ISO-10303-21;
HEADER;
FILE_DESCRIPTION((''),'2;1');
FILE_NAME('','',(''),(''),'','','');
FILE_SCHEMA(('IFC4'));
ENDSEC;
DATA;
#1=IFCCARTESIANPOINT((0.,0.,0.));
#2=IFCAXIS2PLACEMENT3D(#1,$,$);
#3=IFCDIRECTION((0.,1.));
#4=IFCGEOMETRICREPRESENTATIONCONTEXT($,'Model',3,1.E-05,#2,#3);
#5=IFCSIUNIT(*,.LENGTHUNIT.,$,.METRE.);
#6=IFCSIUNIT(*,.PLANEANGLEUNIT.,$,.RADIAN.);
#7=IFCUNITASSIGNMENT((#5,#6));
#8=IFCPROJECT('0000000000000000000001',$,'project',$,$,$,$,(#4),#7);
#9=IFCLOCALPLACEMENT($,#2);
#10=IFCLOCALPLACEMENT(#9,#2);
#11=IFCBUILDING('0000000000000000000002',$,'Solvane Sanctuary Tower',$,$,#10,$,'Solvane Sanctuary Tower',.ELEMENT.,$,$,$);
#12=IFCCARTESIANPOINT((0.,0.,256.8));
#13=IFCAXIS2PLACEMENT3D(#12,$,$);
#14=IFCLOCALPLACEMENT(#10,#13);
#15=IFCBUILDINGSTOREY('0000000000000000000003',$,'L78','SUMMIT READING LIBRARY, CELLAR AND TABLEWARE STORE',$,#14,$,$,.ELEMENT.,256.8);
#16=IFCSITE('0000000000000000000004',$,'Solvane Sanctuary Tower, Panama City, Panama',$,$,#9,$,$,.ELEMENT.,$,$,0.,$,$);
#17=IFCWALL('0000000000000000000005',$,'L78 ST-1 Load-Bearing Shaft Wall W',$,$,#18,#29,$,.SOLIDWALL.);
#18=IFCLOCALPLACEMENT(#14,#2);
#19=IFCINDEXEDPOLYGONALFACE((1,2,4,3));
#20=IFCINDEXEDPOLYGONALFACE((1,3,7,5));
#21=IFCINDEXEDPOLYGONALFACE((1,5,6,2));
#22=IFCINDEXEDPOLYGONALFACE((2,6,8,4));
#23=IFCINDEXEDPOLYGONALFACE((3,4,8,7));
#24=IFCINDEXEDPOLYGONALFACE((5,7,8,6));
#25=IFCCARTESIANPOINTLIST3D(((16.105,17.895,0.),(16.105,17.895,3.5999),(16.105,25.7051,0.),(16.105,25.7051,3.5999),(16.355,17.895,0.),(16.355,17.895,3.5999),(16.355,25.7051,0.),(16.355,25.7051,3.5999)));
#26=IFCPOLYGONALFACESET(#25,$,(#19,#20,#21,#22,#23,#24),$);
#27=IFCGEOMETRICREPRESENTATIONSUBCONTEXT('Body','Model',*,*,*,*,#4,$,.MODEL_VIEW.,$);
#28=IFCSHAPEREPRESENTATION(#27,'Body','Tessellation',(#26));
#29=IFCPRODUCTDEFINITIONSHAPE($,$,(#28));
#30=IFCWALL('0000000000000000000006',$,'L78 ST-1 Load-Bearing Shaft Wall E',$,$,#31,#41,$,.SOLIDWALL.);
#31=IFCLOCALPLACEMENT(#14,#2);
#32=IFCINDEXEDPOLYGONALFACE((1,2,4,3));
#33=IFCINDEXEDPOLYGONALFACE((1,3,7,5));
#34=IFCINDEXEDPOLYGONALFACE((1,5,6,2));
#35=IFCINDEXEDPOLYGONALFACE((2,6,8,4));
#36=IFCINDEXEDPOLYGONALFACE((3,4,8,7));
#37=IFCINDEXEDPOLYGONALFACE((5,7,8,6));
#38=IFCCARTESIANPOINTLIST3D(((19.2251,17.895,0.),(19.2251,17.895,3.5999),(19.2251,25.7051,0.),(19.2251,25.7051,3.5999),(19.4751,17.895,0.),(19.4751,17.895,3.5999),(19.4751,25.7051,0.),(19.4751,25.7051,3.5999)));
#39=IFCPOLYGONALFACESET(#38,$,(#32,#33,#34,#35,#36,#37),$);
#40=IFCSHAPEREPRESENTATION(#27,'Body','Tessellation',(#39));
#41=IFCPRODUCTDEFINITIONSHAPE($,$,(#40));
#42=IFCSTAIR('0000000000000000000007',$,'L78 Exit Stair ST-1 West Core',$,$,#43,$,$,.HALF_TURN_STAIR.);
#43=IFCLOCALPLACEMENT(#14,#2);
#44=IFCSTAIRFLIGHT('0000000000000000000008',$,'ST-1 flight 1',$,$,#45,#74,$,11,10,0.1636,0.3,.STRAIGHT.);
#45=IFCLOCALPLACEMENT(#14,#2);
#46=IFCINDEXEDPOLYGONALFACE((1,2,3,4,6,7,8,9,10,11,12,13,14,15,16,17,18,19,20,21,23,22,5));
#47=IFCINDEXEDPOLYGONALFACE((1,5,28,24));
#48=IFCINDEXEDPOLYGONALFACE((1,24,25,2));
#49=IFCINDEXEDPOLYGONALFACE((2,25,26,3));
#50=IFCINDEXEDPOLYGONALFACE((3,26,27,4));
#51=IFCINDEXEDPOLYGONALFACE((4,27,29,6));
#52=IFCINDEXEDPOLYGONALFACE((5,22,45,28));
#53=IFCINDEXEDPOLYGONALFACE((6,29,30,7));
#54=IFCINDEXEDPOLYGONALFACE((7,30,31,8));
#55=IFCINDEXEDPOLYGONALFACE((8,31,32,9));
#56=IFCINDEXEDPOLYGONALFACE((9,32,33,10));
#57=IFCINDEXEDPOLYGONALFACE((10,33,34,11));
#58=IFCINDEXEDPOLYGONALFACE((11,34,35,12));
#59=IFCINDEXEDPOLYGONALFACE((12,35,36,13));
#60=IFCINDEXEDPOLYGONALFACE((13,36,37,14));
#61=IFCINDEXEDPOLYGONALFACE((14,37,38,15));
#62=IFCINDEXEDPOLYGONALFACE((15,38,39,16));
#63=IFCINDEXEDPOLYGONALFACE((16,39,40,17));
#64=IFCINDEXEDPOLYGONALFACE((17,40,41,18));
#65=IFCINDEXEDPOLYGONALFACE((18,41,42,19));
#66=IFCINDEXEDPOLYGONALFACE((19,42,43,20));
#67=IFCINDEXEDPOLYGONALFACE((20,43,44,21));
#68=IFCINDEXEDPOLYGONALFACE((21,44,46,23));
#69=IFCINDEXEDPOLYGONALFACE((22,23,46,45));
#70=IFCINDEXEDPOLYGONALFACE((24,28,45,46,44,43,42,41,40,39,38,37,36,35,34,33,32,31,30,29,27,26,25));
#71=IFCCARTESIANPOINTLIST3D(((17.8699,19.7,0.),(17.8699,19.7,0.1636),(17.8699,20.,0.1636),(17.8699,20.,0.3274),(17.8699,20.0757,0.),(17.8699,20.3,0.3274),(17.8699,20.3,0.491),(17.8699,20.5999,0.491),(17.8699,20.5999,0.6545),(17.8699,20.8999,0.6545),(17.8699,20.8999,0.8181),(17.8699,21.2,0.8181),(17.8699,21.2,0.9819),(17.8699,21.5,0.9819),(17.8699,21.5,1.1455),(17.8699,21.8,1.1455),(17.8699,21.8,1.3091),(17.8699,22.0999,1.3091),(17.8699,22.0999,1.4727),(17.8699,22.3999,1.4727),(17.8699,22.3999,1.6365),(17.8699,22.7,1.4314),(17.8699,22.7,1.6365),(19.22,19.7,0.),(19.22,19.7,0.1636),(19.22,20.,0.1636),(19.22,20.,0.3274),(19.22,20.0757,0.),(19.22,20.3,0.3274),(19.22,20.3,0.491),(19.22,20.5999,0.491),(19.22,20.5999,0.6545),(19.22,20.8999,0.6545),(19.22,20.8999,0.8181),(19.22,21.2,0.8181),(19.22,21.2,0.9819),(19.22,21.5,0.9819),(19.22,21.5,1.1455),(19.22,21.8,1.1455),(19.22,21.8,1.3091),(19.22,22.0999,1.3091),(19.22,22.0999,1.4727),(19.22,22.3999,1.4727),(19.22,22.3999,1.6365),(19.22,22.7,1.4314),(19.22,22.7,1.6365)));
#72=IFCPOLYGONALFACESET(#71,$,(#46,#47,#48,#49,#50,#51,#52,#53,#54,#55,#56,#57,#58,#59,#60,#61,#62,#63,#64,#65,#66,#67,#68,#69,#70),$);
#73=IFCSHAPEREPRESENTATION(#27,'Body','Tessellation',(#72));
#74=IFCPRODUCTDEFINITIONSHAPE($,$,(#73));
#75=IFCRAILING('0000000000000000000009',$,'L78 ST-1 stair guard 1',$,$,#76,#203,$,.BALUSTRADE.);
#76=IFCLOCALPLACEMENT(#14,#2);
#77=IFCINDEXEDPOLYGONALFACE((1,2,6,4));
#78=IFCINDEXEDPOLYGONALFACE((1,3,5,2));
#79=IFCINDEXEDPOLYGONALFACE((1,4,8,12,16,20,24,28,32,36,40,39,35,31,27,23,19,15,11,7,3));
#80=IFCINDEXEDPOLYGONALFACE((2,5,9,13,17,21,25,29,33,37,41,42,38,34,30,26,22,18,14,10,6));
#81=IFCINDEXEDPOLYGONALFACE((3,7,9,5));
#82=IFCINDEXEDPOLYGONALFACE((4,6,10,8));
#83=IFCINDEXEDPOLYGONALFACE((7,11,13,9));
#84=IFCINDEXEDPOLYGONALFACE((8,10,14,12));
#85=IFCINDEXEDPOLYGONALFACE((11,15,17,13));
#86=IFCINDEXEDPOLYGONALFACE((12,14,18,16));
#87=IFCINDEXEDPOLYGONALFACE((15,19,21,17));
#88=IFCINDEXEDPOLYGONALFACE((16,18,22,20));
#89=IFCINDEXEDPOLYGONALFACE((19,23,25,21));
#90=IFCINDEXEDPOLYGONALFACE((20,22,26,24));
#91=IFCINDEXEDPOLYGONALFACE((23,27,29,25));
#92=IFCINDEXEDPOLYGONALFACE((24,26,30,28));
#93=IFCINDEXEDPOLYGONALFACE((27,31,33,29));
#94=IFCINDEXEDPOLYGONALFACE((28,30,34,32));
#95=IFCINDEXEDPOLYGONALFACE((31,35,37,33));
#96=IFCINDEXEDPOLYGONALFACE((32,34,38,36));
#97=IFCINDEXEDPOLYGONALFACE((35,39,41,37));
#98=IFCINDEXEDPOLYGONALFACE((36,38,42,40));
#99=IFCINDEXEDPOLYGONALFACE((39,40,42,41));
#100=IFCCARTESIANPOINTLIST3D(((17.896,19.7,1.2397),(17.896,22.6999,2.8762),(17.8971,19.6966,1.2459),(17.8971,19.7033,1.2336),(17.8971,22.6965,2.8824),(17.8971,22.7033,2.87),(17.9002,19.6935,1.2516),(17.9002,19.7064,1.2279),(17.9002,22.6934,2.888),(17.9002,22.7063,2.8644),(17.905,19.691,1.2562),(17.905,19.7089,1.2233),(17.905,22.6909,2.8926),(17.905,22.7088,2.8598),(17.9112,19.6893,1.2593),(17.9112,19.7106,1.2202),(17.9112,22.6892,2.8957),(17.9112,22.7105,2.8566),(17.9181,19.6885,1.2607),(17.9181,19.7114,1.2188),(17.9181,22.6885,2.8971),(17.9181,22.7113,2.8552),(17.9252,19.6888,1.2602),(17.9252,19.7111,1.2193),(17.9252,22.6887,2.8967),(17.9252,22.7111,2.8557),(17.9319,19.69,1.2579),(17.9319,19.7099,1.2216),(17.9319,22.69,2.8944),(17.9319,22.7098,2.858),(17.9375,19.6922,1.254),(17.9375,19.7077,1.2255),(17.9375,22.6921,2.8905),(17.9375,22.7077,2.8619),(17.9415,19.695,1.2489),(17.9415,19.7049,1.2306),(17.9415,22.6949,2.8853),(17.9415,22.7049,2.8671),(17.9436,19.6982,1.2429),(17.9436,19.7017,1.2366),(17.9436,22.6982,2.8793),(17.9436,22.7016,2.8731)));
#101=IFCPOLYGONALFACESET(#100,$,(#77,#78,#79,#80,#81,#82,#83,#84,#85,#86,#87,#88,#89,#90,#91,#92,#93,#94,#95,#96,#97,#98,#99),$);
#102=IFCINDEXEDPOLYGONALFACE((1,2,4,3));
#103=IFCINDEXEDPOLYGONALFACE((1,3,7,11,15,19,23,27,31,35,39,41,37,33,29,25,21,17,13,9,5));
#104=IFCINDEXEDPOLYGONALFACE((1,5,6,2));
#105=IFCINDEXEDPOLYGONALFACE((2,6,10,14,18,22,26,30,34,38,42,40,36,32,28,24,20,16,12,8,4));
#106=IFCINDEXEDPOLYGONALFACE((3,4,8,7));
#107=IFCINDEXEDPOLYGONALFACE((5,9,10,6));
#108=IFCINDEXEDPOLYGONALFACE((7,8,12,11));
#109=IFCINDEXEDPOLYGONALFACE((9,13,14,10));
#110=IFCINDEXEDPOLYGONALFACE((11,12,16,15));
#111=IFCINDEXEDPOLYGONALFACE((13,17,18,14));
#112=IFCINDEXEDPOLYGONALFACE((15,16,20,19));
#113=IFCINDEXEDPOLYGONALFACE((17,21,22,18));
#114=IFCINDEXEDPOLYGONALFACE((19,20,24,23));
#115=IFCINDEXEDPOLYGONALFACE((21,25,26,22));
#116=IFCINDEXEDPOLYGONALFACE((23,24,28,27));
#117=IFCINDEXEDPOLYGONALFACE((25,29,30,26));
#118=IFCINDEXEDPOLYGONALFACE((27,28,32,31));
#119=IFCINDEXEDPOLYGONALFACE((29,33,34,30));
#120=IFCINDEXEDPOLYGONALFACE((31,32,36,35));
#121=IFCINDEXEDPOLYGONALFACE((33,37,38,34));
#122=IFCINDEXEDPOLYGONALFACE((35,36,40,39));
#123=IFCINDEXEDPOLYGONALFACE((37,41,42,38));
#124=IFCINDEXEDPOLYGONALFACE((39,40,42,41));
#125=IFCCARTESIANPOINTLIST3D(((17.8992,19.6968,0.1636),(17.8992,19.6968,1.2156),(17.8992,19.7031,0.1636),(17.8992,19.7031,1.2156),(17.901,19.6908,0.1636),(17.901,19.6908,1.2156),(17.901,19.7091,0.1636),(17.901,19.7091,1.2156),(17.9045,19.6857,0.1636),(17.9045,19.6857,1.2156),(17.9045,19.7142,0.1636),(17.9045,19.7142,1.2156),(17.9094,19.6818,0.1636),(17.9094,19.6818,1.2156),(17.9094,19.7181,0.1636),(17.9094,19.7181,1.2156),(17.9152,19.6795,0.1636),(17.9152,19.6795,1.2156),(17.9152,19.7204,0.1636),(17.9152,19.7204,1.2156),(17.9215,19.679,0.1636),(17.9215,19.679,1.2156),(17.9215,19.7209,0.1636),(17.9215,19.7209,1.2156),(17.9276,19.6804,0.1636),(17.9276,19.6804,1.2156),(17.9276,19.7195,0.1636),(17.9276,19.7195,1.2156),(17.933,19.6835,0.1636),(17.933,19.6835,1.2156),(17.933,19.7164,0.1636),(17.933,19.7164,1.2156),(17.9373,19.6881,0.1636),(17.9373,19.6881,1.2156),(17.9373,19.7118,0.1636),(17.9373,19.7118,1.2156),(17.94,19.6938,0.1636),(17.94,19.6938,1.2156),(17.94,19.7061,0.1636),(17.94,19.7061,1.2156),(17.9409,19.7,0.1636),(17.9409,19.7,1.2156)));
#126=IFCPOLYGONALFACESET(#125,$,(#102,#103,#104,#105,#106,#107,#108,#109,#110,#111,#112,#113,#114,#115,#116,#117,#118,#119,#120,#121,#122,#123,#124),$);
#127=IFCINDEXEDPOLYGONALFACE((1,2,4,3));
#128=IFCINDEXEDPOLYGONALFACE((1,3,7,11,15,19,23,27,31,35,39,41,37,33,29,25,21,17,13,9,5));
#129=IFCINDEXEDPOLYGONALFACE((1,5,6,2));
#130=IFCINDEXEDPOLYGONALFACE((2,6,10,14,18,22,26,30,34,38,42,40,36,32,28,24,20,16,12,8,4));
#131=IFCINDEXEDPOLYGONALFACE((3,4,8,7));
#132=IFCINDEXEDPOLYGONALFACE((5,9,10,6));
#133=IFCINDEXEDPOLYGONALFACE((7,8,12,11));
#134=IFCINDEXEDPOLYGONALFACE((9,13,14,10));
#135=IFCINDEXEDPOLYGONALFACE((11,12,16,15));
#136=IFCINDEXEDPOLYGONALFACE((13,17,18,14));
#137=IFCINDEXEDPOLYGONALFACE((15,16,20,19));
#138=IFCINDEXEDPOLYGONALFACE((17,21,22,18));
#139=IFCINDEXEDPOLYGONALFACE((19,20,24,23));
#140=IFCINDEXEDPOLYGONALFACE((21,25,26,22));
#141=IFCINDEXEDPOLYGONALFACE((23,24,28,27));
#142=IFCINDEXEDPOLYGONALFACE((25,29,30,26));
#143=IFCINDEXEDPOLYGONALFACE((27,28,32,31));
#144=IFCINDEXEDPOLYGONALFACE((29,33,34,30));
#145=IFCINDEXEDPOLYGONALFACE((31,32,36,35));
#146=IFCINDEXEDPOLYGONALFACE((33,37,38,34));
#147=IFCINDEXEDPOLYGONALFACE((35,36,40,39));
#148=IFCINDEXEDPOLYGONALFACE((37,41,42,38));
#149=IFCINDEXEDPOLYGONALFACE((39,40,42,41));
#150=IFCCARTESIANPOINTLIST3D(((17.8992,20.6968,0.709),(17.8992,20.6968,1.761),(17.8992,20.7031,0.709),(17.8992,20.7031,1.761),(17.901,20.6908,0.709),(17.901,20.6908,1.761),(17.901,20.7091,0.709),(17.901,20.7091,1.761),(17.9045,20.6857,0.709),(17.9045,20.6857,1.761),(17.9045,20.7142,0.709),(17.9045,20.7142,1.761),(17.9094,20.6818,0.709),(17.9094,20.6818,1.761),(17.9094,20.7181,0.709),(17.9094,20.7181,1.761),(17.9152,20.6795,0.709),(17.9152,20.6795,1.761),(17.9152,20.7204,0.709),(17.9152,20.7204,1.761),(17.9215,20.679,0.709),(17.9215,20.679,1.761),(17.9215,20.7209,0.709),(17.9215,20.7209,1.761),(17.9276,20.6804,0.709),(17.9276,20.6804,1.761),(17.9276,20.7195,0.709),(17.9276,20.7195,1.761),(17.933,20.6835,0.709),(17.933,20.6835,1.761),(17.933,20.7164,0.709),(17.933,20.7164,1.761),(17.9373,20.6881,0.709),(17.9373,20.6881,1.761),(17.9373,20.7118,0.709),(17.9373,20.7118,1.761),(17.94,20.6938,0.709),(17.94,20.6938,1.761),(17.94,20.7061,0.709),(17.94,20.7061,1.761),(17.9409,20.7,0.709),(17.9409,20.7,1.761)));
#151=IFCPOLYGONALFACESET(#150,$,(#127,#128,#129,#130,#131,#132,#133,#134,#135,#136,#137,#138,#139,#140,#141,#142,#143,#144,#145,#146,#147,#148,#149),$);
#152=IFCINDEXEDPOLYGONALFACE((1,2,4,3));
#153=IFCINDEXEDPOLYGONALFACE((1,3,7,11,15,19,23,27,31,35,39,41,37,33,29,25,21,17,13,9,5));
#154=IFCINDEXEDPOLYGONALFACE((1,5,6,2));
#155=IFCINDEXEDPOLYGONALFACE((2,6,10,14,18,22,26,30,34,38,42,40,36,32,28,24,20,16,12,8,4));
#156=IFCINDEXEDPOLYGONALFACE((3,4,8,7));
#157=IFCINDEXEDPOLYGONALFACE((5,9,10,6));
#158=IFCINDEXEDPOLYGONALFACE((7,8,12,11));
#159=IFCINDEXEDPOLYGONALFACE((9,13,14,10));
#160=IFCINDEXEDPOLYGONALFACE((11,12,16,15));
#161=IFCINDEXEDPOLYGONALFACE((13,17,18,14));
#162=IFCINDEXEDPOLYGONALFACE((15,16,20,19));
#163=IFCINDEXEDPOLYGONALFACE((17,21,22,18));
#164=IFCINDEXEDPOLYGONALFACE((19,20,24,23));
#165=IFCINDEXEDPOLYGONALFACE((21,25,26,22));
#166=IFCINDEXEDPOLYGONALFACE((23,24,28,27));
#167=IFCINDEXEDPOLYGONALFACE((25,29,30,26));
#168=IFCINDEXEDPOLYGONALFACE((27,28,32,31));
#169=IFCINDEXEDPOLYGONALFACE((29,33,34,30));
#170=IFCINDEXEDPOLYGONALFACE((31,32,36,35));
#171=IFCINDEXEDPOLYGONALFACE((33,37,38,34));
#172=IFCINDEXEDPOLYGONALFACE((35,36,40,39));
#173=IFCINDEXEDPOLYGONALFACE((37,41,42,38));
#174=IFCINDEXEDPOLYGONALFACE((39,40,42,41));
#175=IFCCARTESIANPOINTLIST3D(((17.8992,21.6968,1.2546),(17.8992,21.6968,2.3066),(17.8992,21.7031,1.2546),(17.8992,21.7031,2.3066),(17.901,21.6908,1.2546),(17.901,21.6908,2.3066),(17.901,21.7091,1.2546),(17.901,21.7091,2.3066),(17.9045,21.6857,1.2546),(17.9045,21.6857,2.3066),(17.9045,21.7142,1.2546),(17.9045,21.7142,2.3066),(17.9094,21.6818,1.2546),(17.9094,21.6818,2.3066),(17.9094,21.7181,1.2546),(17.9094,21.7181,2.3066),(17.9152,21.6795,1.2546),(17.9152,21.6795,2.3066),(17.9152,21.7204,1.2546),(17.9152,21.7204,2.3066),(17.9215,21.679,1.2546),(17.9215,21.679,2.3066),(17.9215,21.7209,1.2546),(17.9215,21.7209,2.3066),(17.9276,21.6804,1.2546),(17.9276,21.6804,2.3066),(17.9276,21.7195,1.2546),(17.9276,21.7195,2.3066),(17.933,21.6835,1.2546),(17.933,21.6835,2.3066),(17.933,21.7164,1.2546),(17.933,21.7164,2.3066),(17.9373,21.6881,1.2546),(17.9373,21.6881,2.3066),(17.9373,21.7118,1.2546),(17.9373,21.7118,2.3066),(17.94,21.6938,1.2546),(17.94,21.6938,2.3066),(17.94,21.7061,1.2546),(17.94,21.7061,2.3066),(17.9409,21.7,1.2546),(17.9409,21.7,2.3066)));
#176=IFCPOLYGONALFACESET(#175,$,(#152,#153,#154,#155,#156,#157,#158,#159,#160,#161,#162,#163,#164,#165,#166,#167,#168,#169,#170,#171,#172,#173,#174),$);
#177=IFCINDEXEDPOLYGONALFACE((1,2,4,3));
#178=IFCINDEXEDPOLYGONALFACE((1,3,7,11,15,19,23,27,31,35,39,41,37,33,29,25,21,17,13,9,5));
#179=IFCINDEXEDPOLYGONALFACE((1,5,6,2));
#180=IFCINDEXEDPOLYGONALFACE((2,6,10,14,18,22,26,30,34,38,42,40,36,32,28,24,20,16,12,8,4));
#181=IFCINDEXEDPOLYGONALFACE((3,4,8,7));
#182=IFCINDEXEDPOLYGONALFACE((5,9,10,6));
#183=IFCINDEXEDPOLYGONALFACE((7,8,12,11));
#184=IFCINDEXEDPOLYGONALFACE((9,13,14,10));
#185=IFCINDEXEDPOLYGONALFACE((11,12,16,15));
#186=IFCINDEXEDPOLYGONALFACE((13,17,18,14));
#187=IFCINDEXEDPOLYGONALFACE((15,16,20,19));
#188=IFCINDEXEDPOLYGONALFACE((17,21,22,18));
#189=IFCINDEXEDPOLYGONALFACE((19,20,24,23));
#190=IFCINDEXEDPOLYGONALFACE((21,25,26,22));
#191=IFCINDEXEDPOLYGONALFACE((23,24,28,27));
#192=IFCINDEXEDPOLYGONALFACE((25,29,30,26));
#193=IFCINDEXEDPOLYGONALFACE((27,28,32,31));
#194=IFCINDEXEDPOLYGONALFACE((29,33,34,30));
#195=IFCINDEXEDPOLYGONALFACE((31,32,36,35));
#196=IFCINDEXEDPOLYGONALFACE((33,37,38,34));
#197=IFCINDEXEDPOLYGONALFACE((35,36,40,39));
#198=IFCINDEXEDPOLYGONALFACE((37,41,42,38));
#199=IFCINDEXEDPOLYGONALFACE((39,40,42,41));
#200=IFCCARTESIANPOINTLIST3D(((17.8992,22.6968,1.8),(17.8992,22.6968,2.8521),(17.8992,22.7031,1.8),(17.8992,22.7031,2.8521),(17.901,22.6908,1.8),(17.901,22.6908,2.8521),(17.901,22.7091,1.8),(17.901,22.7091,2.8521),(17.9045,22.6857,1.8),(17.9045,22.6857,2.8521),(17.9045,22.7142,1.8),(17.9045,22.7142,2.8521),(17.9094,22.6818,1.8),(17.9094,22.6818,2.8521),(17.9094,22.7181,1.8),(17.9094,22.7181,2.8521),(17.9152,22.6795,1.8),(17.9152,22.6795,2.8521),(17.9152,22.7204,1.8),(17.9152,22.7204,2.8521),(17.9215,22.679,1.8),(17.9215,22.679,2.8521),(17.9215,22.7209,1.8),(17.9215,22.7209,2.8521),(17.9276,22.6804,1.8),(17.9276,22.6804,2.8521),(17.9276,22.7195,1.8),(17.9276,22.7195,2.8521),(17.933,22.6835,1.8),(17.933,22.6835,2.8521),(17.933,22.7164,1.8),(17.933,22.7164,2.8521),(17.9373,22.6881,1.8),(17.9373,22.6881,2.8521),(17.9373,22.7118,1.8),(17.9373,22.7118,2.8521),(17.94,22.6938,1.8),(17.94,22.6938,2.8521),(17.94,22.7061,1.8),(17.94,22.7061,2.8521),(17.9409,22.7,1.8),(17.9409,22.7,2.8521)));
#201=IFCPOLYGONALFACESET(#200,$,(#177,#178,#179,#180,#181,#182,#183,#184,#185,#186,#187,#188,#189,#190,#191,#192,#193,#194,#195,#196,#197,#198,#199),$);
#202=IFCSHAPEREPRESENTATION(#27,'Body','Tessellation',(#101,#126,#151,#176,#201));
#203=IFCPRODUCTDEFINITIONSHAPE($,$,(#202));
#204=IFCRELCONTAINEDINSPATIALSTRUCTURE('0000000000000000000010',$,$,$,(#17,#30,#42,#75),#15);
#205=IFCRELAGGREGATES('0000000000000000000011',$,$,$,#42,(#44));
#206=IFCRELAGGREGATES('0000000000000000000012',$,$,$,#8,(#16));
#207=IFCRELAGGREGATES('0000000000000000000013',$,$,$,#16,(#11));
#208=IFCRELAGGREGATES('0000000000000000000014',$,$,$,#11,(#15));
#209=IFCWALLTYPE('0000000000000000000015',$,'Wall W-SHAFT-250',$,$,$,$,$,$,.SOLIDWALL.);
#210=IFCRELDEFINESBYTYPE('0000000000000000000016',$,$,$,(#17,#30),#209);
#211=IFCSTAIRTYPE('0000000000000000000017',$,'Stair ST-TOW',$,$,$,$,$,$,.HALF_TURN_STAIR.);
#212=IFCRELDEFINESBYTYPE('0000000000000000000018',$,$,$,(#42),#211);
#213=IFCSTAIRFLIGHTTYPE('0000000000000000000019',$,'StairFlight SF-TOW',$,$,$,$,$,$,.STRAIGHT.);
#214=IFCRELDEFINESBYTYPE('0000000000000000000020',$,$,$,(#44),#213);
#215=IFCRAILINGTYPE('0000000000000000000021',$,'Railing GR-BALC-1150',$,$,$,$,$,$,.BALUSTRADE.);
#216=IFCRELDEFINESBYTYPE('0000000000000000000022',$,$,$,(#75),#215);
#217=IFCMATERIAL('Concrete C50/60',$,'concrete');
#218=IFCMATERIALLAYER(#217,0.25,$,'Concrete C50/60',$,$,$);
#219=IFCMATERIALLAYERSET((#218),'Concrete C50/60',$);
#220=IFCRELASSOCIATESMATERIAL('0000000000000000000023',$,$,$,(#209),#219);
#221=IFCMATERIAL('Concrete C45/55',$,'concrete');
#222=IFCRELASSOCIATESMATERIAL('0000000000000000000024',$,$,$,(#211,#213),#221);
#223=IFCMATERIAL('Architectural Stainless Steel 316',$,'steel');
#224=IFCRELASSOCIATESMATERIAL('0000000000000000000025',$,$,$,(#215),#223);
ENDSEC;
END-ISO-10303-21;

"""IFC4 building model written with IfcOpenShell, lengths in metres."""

from ifc_helpers import new_model, si_unit, direction, frame, frame_2d, origin, origin_2d, place, context, subcontext, project, spatial, polyline, rectangle, circle, outline, extrude, material, layer, layer_set, type_object, element, aggregate, save


model = new_model("IFC4")

# Units and contexts
model_context = context("Model", 3, precision=1e-05, world=origin(), true_north=direction((0.0, 1.0)))
body_context = subcontext(model_context, "Body", "Model", "MODEL_VIEW")
ifc_project = project(units=[si_unit("LENGTHUNIT", "METRE"), si_unit("PLANEANGLEUNIT", "RADIAN")], contexts=[model_context])

# Site, building, storey
site_placement = place(None, origin())
site = spatial("IfcSite", under=ifc_project, at=site_placement, Name="Solvane Sanctuary Tower, Panama City, Panama", CompositionType="ELEMENT", RefElevation=0.0)
building_placement = place(site_placement, origin())
building = spatial("IfcBuilding", under=site, at=building_placement, Name="Solvane Sanctuary Tower", LongName="Solvane Sanctuary Tower", CompositionType="ELEMENT")
storey_placement = place(building_placement, frame((0.0, 0.0, 256.8)))
storey = spatial("IfcBuildingStorey", under=building, at=storey_placement, Name="L78", Description="SUMMIT READING LIBRARY, CELLAR AND TABLEWARE STORE", CompositionType="ELEMENT", Elevation=256.8)

# Shared definitions
ifc_material_1 = material(Name="Concrete C50/60", Category="concrete")

# Shared definitions
ifc_material_2 = material(Name="Architectural Stainless Steel 316", Category="steel")

# Shared definitions
ifc_layer_1 = layer(ifc_material_1, 0.25, Name="Concrete C50/60")
ifc_layer_set_1 = layer_set([ifc_layer_1], Name="Concrete C50/60")
wall_type_1 = type_object("IfcWallType", Name="Wall W-SHAFT-250", PredefinedType="SOLIDWALL", material=ifc_layer_set_1)

# Walls
for number, where, z_axis, x_axis, name in (
    (1, (16.23, 17.895, 0.0), (0.0, 0.0, 1.0), (0.0, 1.0, 0.0), "L78 ST-1 Load-Bearing Shaft Wall W"),
    (2, (19.3501, 17.895, 0.0), (0.0, 0.0, 1.0), (0.0, 1.0, 0.0), "L78 ST-1 Load-Bearing Shaft Wall E"),
):
    element("IfcWall", number, at=place(storey_placement, frame(where, z_axis=z_axis, x_axis=x_axis)), inside=storey, type_object=wall_type_1, Name=name, PredefinedType="SOLIDWALL", context=body_context, shape_type="SweptSolid", body=[
        extrude(rectangle(XDim=7.8101, YDim=0.25, at=frame_2d((3.905, 0.0))), origin(), (0.0, 0.0, 1.0), 3.5999),
    ])

# Stair, stair flight
ifc_material_3 = material(Name="Concrete C45/55", Category="concrete")
stair_type = type_object("IfcStairType", Name="Stair ST-TOW", PredefinedType="HALF_TURN_STAIR", material=ifc_material_3)
stair_placement = place(storey_placement, origin())
stair = element("IfcStair", 3, at=stair_placement, inside=storey, type_object=stair_type, Name="L78 Exit Stair ST-1 West Core", PredefinedType="HALF_TURN_STAIR")
stair_flight_type = type_object("IfcStairFlightType", Name="StairFlight SF-TOW", PredefinedType="STRAIGHT", material=ifc_material_3)
stair_flight_placement = place(storey_placement, frame((18.5449, 19.7, 0.0), z_axis=(0.0, 0.0, 1.0), x_axis=(0.0, 1.0, 0.0)))
stair_flight = element("IfcStairFlight", 4, at=stair_flight_placement, type_object=stair_flight_type, Name="ST-1 flight 1", NumberOfRisers=11, NumberOfTreads=10, PredefinedType="STRAIGHT", RiserHeight=0.1636, TreadLength=0.3, context=body_context, shape_type="SweptSolid", body=[
    extrude(outline(polyline([(0.0, 0.0), (0.0, 0.1636), (0.3, 0.1636), (0.3, 0.3274), (0.6001, 0.3274), (0.6001, 0.491), (0.8999, 0.491), (0.8999, 0.6545), (1.2, 0.6545), (1.2, 0.8181), (1.5, 0.8181), (1.5, 0.9819), (1.8, 0.9819), (1.8, 1.1455), (2.1001, 1.1455), (2.1001, 1.3091), (2.3999, 1.3091), (2.3999, 1.4727), (2.7, 1.4727), (2.7, 1.6365), (3.0, 1.6365), (3.0, 1.8), (3.0, 1.4314), (0.3757, 0.0), (0.0, 0.0)])), frame((0.0, 0.675, 0.0), z_axis=(0.0, -1.0, 0.0), x_axis=(1.0, 0.0, 0.0)), (0.0, 0.0, 1.0), 1.3501),
])
aggregate(stair, [stair_flight])

# Railing
railing_type_1 = type_object("IfcRailingType", Name="Railing GR-BALC-1150", PredefinedType="BALUSTRADE", material=ifc_material_2)
railing_1_placement = place(storey_placement, frame((17.9199, 19.7, 0.1636)))
element("IfcRailing", 5, at=railing_1_placement, inside=storey, type_object=railing_type_1, Name="L78 ST-1 stair guard 1", PredefinedType="BALUSTRADE", context=body_context, shape_type="SweptSolid", body=[
    extrude(circle(Radius=0.0239, at=origin_2d()), frame((0.0, 0.0, 1.0762), z_axis=(0.0, 0.877882, 0.478877), x_axis=(-1.0, 0.0, 0.0)), (0.0, 0.0, 1.0), 3.4172),
    extrude(circle(Radius=0.021, at=origin_2d()), origin(), (0.0, 0.0, 1.0), 1.052),
    extrude(circle(Radius=0.021, at=origin_2d()), frame((0.0, 1.0, 0.5454)), (0.0, 0.0, 1.0), 1.052),
    extrude(circle(Radius=0.021, at=origin_2d()), frame((0.0, 2.0, 1.0911)), (0.0, 0.0, 1.0), 1.052),
    extrude(circle(Radius=0.021, at=origin_2d()), frame((0.0, 3.0, 1.6365)), (0.0, 0.0, 1.0), 1.052),
])

save(model, "model.ifc")
